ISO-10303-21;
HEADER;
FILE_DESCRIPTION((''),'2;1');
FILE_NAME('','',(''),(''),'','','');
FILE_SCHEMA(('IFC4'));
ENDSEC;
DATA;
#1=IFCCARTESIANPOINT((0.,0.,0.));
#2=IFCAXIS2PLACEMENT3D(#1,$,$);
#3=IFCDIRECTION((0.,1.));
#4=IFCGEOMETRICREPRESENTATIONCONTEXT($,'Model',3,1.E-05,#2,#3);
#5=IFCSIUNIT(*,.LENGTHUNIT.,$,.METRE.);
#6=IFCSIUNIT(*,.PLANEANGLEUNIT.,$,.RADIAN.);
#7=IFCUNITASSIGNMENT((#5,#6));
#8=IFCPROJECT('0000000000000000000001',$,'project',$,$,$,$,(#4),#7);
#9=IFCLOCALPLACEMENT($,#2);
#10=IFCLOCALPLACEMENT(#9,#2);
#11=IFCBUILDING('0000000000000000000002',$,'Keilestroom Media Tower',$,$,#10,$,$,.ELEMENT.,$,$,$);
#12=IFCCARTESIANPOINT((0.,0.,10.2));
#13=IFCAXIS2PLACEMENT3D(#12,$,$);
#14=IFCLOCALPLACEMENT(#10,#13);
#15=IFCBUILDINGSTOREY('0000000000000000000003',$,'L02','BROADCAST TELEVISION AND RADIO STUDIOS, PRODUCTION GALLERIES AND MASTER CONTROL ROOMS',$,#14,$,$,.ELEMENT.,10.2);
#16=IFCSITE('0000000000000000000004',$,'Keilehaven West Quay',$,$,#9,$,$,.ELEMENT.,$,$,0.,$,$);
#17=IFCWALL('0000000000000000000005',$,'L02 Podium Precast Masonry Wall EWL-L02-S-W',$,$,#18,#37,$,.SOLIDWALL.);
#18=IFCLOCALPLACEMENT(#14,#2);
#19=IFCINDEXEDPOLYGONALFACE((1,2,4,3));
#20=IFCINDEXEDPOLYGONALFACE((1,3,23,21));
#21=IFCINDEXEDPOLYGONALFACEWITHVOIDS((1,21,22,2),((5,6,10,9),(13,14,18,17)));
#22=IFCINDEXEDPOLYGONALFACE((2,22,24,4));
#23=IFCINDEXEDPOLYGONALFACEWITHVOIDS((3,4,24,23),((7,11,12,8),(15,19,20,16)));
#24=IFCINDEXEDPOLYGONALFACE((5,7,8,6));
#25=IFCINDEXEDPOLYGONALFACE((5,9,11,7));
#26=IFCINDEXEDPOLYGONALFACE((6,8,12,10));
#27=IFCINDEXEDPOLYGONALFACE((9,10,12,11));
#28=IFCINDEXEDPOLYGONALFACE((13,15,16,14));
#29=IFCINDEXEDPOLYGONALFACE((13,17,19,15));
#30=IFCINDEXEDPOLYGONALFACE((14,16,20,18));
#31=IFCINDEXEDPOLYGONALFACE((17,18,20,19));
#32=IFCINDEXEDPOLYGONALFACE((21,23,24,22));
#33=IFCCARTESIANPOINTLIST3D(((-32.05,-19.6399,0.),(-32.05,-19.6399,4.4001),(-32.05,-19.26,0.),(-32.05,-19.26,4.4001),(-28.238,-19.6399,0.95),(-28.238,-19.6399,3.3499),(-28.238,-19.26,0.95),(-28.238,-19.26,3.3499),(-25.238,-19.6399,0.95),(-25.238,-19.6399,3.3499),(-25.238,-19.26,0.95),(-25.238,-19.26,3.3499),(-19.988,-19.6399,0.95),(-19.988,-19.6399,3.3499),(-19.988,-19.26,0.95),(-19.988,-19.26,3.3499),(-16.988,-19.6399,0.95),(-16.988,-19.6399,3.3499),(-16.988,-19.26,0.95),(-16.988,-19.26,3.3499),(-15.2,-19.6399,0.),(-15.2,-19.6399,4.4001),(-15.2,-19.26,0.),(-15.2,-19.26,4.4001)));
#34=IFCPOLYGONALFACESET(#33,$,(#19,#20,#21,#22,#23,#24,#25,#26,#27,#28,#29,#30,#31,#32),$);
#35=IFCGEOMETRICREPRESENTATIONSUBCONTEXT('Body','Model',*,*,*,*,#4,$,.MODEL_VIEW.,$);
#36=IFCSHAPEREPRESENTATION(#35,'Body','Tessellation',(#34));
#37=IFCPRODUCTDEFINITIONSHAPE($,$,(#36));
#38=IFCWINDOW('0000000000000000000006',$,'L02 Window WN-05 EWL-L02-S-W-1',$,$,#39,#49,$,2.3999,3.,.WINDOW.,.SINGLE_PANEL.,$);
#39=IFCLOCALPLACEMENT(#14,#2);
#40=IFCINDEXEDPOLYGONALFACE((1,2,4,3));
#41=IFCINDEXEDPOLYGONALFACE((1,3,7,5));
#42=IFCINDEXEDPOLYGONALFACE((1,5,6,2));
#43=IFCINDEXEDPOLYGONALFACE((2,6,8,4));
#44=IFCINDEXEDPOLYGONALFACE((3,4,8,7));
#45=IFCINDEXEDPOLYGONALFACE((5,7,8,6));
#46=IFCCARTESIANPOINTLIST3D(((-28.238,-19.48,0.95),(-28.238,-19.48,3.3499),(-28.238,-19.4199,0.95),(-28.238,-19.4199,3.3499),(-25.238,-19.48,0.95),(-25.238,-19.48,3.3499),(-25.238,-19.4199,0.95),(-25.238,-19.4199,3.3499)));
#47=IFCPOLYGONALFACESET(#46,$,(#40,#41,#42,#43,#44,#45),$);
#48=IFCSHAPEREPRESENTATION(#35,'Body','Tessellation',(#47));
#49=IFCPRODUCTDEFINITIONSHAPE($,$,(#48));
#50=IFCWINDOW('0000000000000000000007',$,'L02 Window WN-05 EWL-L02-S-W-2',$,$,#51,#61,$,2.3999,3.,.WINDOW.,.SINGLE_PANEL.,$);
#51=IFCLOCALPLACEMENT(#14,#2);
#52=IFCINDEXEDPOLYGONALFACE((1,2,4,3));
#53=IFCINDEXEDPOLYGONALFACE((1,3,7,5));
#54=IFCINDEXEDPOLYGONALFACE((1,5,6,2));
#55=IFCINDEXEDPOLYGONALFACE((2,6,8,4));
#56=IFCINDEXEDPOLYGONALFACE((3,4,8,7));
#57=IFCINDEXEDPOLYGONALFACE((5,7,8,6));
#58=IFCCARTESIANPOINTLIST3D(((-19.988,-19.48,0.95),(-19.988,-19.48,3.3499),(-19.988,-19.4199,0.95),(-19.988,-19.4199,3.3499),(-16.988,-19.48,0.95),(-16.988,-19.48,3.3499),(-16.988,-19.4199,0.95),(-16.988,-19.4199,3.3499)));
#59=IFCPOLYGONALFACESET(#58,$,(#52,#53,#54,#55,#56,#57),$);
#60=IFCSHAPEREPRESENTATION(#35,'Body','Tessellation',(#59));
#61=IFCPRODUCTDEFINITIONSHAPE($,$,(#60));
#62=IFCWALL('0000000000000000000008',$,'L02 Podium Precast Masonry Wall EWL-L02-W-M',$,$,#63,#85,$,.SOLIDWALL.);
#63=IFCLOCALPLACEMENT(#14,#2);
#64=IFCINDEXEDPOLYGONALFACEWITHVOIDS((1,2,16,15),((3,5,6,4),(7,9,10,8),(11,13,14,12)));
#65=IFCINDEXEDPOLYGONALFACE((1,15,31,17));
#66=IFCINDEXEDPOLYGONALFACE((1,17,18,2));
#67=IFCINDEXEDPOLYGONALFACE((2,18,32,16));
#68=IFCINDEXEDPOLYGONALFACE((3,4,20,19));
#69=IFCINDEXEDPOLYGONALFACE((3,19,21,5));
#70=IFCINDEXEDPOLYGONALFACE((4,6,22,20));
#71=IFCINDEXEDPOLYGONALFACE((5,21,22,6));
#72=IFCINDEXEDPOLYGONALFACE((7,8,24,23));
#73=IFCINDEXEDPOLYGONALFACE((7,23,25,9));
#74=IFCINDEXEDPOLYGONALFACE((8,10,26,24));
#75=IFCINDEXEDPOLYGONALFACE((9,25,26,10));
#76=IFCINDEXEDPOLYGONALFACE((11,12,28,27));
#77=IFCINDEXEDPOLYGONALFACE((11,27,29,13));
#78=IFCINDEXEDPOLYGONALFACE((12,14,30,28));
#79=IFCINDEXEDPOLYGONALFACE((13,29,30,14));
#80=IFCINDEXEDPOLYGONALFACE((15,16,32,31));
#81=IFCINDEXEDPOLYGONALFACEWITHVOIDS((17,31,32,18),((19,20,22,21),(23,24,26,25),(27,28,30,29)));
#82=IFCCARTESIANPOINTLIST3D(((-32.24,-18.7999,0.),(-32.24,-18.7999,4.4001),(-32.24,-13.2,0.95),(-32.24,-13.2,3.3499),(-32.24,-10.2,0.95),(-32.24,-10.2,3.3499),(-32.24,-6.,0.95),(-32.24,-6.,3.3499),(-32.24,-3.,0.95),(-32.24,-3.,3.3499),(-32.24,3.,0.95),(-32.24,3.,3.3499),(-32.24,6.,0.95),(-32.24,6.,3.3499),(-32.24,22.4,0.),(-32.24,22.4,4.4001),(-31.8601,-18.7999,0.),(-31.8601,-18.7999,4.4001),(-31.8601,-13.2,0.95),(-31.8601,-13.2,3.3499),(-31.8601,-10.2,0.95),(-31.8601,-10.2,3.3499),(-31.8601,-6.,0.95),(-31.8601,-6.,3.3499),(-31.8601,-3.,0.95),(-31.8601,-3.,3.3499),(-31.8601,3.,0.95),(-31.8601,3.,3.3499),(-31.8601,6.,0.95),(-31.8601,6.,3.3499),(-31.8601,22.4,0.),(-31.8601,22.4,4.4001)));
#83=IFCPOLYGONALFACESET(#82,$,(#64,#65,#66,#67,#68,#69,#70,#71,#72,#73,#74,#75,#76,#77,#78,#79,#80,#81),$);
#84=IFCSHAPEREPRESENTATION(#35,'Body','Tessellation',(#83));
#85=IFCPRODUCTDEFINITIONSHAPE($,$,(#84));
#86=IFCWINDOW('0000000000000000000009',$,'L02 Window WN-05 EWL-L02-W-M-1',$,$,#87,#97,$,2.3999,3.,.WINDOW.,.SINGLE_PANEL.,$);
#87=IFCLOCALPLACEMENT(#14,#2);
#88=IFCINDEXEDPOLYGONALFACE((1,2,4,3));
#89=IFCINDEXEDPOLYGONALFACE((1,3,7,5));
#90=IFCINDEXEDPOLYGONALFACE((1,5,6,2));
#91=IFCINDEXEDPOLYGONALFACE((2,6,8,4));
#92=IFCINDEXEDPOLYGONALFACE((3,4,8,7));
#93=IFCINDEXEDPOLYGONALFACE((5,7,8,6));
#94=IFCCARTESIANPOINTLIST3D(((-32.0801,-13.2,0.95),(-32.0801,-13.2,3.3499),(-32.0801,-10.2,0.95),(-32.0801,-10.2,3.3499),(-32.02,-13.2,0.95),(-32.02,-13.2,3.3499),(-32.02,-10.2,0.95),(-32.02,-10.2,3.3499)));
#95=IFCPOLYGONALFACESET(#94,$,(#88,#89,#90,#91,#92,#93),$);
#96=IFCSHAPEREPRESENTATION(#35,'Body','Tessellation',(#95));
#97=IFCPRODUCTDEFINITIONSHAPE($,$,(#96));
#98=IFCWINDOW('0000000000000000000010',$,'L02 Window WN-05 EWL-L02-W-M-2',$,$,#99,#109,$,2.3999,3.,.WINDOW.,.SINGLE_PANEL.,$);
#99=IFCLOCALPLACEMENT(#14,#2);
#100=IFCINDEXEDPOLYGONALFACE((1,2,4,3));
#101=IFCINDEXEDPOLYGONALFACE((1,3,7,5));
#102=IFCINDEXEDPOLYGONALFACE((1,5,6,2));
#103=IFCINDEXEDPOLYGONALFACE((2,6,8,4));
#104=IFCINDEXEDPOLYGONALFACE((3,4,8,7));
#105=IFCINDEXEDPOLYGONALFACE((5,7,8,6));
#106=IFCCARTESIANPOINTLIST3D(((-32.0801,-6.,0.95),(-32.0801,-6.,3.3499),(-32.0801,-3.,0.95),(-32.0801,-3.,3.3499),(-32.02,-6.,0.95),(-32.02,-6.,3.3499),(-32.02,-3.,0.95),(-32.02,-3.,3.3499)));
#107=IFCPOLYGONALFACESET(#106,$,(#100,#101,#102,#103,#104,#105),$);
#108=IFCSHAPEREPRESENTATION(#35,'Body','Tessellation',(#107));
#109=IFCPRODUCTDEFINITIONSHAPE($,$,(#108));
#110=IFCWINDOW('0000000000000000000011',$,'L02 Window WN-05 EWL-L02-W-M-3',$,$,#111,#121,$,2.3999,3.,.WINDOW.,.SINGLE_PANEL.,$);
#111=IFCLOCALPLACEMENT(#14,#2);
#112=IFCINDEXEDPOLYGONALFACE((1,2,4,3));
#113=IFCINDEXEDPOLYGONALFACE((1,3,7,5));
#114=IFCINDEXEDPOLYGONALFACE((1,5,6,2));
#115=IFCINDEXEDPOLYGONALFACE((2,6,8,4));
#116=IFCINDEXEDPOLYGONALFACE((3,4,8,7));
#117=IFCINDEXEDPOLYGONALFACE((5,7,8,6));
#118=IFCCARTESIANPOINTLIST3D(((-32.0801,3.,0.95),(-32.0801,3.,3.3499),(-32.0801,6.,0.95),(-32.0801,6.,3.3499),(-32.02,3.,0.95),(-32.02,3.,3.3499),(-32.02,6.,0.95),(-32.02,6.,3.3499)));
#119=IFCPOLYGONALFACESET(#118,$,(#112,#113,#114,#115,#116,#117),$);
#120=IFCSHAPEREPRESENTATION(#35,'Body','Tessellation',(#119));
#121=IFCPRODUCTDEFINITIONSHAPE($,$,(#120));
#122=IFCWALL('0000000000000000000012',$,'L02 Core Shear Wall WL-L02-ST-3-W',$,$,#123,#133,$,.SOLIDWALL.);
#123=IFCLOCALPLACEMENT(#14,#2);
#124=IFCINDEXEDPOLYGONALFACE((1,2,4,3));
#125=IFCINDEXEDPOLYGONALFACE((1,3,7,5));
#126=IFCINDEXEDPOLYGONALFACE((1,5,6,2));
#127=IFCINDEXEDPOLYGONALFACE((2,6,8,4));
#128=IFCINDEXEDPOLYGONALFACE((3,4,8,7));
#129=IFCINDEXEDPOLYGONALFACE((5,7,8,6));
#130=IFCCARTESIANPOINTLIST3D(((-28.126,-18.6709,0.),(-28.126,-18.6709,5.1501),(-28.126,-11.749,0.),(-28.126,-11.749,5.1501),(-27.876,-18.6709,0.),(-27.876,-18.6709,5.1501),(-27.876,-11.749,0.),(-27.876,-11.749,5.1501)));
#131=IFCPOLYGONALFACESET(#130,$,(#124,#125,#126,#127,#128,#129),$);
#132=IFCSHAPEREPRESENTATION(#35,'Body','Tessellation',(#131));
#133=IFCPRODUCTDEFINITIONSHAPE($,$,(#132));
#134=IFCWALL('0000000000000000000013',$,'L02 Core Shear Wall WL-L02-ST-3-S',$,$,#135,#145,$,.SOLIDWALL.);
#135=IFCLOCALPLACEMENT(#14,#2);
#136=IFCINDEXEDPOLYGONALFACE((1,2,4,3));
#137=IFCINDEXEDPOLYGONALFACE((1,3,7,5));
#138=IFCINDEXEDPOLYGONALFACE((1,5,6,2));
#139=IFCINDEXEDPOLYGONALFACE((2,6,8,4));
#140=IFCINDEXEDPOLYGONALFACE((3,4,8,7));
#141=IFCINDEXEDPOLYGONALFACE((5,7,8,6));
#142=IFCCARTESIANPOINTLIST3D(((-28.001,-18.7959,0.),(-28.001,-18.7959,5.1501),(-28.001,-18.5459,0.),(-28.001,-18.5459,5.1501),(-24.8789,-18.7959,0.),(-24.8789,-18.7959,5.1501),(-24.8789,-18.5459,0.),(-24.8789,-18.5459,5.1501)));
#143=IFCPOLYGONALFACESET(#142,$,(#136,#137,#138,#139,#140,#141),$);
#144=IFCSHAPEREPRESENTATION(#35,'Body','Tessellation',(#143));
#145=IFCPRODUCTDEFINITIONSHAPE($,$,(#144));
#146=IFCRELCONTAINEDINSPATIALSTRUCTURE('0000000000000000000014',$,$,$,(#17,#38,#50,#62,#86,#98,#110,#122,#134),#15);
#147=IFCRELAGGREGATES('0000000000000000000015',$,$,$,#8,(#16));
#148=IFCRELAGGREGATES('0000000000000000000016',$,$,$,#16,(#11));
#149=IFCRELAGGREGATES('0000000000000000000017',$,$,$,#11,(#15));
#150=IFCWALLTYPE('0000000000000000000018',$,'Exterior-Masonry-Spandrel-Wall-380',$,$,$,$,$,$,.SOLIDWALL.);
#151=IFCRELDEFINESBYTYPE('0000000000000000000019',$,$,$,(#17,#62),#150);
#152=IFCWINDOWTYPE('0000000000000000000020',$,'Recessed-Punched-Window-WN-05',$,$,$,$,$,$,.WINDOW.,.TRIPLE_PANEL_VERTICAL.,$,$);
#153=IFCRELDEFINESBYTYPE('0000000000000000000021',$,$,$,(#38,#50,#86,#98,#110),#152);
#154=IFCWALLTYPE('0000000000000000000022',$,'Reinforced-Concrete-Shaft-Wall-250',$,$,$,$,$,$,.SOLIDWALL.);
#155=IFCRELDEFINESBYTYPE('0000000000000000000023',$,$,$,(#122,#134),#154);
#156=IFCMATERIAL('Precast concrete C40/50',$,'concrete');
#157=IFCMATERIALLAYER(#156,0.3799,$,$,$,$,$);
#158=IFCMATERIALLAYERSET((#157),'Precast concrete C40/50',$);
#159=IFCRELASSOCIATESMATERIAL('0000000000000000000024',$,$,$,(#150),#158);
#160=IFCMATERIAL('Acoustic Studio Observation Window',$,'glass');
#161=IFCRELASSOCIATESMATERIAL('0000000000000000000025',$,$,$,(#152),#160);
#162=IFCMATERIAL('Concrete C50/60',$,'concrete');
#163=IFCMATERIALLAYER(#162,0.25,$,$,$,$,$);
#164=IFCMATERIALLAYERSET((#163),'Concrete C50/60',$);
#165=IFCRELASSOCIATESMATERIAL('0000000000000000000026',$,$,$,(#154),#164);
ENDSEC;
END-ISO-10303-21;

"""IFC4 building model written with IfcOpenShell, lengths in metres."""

from ifc_helpers import new_model, si_unit, direction, frame, frame_2d, origin, place, context, subcontext, project, spatial, rectangle, extrude, source, transform, mapped, material, layer, layer_set, type_object, element, fill, save


model = new_model("IFC4")

# Units and contexts
model_context = context("Model", 3, precision=1e-05, world=origin(), true_north=direction((0.0, 1.0)))
body_context = subcontext(model_context, "Body", "Model", "MODEL_VIEW")
ifc_project = project(units=[si_unit("LENGTHUNIT", "METRE"), si_unit("PLANEANGLEUNIT", "RADIAN")], contexts=[model_context])

# Site, building, storey
site_placement = place(None, origin())
site = spatial("IfcSite", under=ifc_project, at=site_placement, Name="Keilehaven West Quay", CompositionType="ELEMENT", RefElevation=0.0)
building_placement = place(site_placement, origin())
building = spatial("IfcBuilding", under=site, at=building_placement, Name="Keilestroom Media Tower", CompositionType="ELEMENT")
storey_placement = place(building_placement, frame((0.0, 0.0, 10.2)))
storey = spatial("IfcBuildingStorey", under=building, at=storey_placement, Name="L02", Description="BROADCAST TELEVISION AND RADIO STUDIOS, PRODUCTION GALLERIES AND MASTER CONTROL ROOMS", CompositionType="ELEMENT", Elevation=10.2)

# Shared definitions
ifc_material_1 = material(Name="Precast concrete C40/50", Category="concrete")

# Walls, openings, windows
ifc_layer_1 = layer(ifc_material_1, 0.3799)
ifc_layer_set_1 = layer_set([ifc_layer_1], Name="Precast concrete C40/50")
wall_type_1 = type_object("IfcWallType", Name="Exterior-Masonry-Spandrel-Wall-380", PredefinedType="SOLIDWALL", material=ifc_layer_set_1)
wall_1_placement = place(storey_placement, frame((-32.05, -19.45, 0.0), z_axis=(0.0, 0.0, 1.0), x_axis=(1.0, 0.0, 0.0)))
wall_1 = element("IfcWall", 1, at=wall_1_placement, inside=storey, type_object=wall_type_1, Name="L02 Podium Precast Masonry Wall EWL-L02-S-W", PredefinedType="SOLIDWALL", context=body_context, shape_type="SweptSolid", body=[
    extrude(rectangle(XDim=16.8501, YDim=0.3799, at=frame_2d((8.425, 0.0))), origin(), (0.0, 0.0, 1.0), 4.4001),
])
opening_1_placement = place(wall_1_placement, frame((3.812, 0.0, 0.95)))
opening_1 = element("IfcOpeningElement", 2, at=opening_1_placement, cuts=wall_1, PredefinedType="OPENING", context=body_context, shape_type="SweptSolid", body=[
    extrude(rectangle(XDim=3.0, YDim=2.3999, at=frame_2d((1.5, 1.2))), frame((0.0, 0.2, 0.0), z_axis=(0.0, -1.0, 0.0), x_axis=(1.0, 0.0, 0.0)), (0.0, 0.0, 1.0), 0.3999),
])
opening_2_placement = place(wall_1_placement, frame((12.062, 0.0, 0.95)))
opening_2 = element("IfcOpeningElement", 3, at=opening_2_placement, cuts=wall_1, PredefinedType="OPENING", context=body_context, shape_type="SweptSolid", body=[
    extrude(rectangle(XDim=3.0, YDim=2.3999, at=frame_2d((1.5, 1.2))), frame((0.0, 0.2, 0.0), z_axis=(0.0, -1.0, 0.0), x_axis=(1.0, 0.0, 0.0)), (0.0, 0.0, 1.0), 0.3999),
])
ifc_material_2 = material(Name="Acoustic Studio Observation Window", Category="glass")
window_type = type_object("IfcWindowType", Name="Recessed-Punched-Window-WN-05", PartitioningType="TRIPLE_PANEL_VERTICAL", PredefinedType="WINDOW", material=ifc_material_2)
shared_shape_1 = source(origin(), body_context, "Body", "SweptSolid", [
    extrude(rectangle(XDim=3.0, YDim=2.3999, at=frame_2d((1.5, 1.2))), frame((0.0, 0.03, 0.0), z_axis=(0.0, -1.0, 0.0), x_axis=(1.0, 0.0, 0.0)), (0.0, 0.0, 1.0), 0.0601),
])
window_1_placement = place(opening_1_placement, origin())
window_1 = element("IfcWindow", 4, at=window_1_placement, inside=storey, type_object=window_type, Name="L02 Window WN-05 EWL-L02-S-W-1", OverallHeight=2.3999, OverallWidth=3.0, PartitioningType="SINGLE_PANEL", PredefinedType="WINDOW", context=body_context, shape_type="MappedRepresentation", body=[
    mapped(shared_shape_1, transform((0.0, 0.0, 0.0), x_axis=(1.0, 0.0, 0.0), y_axis=(0.0, 1.0, 0.0), z_axis=(0.0, 0.0, 1.0), scale=1.0)),
])
fill(opening_1, window_1)
window_2_placement = place(opening_2_placement, origin())
window_2 = element("IfcWindow", 5, at=window_2_placement, inside=storey, type_object=window_type, Name="L02 Window WN-05 EWL-L02-S-W-2", OverallHeight=2.3999, OverallWidth=3.0, PartitioningType="SINGLE_PANEL", PredefinedType="WINDOW", context=body_context, shape_type="MappedRepresentation", body=[
    mapped(shared_shape_1, transform((0.0, 0.0, 0.0), x_axis=(1.0, 0.0, 0.0), y_axis=(0.0, 1.0, 0.0), z_axis=(0.0, 0.0, 1.0), scale=1.0)),
])
fill(opening_2, window_2)
wall_2_placement = place(storey_placement, frame((-32.05, -18.8, 0.0), z_axis=(0.0, 0.0, 1.0), x_axis=(0.0, 1.0, 0.0)))
wall_2 = element("IfcWall", 6, at=wall_2_placement, inside=storey, type_object=wall_type_1, Name="L02 Podium Precast Masonry Wall EWL-L02-W-M", PredefinedType="SOLIDWALL", context=body_context, shape_type="SweptSolid", body=[
    extrude(rectangle(XDim=41.2, YDim=0.3799, at=frame_2d((20.6001, 0.0))), origin(), (0.0, 0.0, 1.0), 4.4001),
])
opening_3_placement = place(wall_2_placement, frame((5.6001, 0.0, 0.95)))
opening_3 = element("IfcOpeningElement", 7, at=opening_3_placement, cuts=wall_2, PredefinedType="OPENING", context=body_context, shape_type="SweptSolid", body=[
    extrude(rectangle(XDim=3.0, YDim=2.3999, at=frame_2d((1.5, 1.2))), frame((0.0, 0.2, 0.0), z_axis=(0.0, -1.0, 0.0), x_axis=(1.0, 0.0, 0.0)), (0.0, 0.0, 1.0), 0.3999),
])
opening_4_placement = place(wall_2_placement, frame((12.8, 0.0, 0.95)))
opening_4 = element("IfcOpeningElement", 8, at=opening_4_placement, cuts=wall_2, PredefinedType="OPENING", context=body_context, shape_type="SweptSolid", body=[
    extrude(rectangle(XDim=3.0, YDim=2.3999, at=frame_2d((1.5, 1.2))), frame((0.0, 0.2, 0.0), z_axis=(0.0, -1.0, 0.0), x_axis=(1.0, 0.0, 0.0)), (0.0, 0.0, 1.0), 0.3999),
])
opening_5_placement = place(wall_2_placement, frame((21.8, 0.0, 0.95)))
opening_5 = element("IfcOpeningElement", 9, at=opening_5_placement, cuts=wall_2, PredefinedType="OPENING", context=body_context, shape_type="SweptSolid", body=[
    extrude(rectangle(XDim=3.0, YDim=2.3999, at=frame_2d((1.5, 1.2))), frame((0.0, 0.2, 0.0), z_axis=(0.0, -1.0, 0.0), x_axis=(1.0, 0.0, 0.0)), (0.0, 0.0, 1.0), 0.3999),
])
window_3_placement = place(opening_3_placement, origin())
window_3 = element("IfcWindow", 10, at=window_3_placement, inside=storey, type_object=window_type, Name="L02 Window WN-05 EWL-L02-W-M-1", OverallHeight=2.3999, OverallWidth=3.0, PartitioningType="SINGLE_PANEL", PredefinedType="WINDOW", context=body_context, shape_type="MappedRepresentation", body=[
    mapped(shared_shape_1, transform((0.0, 0.0, 0.0), x_axis=(1.0, 0.0, 0.0), y_axis=(0.0, 1.0, 0.0), z_axis=(0.0, 0.0, 1.0), scale=1.0)),
])
fill(opening_3, window_3)
window_4_placement = place(opening_4_placement, origin())
window_4 = element("IfcWindow", 11, at=window_4_placement, inside=storey, type_object=window_type, Name="L02 Window WN-05 EWL-L02-W-M-2", OverallHeight=2.3999, OverallWidth=3.0, PartitioningType="SINGLE_PANEL", PredefinedType="WINDOW", context=body_context, shape_type="MappedRepresentation", body=[
    mapped(shared_shape_1, transform((0.0, 0.0, 0.0), x_axis=(1.0, 0.0, 0.0), y_axis=(0.0, 1.0, 0.0), z_axis=(0.0, 0.0, 1.0), scale=1.0)),
])
fill(opening_4, window_4)
window_5_placement = place(opening_5_placement, origin())
window_5 = element("IfcWindow", 12, at=window_5_placement, inside=storey, type_object=window_type, Name="L02 Window WN-05 EWL-L02-W-M-3", OverallHeight=2.3999, OverallWidth=3.0, PartitioningType="SINGLE_PANEL", PredefinedType="WINDOW", context=body_context, shape_type="MappedRepresentation", body=[
    mapped(shared_shape_1, transform((0.0, 0.0, 0.0), x_axis=(1.0, 0.0, 0.0), y_axis=(0.0, 1.0, 0.0), z_axis=(0.0, 0.0, 1.0), scale=1.0)),
])
fill(opening_5, window_5)

# Walls
ifc_material_3 = material(Name="Concrete C50/60", Category="concrete")
ifc_layer_2 = layer(ifc_material_3, 0.25)
ifc_layer_set_2 = layer_set([ifc_layer_2], Name="Concrete C50/60")
wall_type_2 = type_object("IfcWallType", Name="Reinforced-Concrete-Shaft-Wall-250", PredefinedType="SOLIDWALL", material=ifc_layer_set_2)
wall_3_placement = place(storey_placement, frame((-28.001, -18.6709, 0.0), z_axis=(0.0, 0.0, 1.0), x_axis=(0.0, 1.0, 0.0)))
element("IfcWall", 13, at=wall_3_placement, inside=storey, type_object=wall_type_2, Name="L02 Core Shear Wall WL-L02-ST-3-W", PredefinedType="SOLIDWALL", context=body_context, shape_type="SweptSolid", body=[
    extrude(rectangle(XDim=6.9219, YDim=0.25, at=frame_2d((3.4609, 0.0))), origin(), (0.0, 0.0, 1.0), 5.1501),
])
wall_4_placement = place(storey_placement, frame((-28.001, -18.6709, 0.0), z_axis=(0.0, 0.0, 1.0), x_axis=(1.0, 0.0, 0.0)))
element("IfcWall", 14, at=wall_4_placement, inside=storey, type_object=wall_type_2, Name="L02 Core Shear Wall WL-L02-ST-3-S", PredefinedType="SOLIDWALL", context=body_context, shape_type="SweptSolid", body=[
    extrude(rectangle(XDim=3.1221, YDim=0.25, at=frame_2d((1.561, 0.0))), origin(), (0.0, 0.0, 1.0), 5.1501),
])

save(model, "model.ifc")
